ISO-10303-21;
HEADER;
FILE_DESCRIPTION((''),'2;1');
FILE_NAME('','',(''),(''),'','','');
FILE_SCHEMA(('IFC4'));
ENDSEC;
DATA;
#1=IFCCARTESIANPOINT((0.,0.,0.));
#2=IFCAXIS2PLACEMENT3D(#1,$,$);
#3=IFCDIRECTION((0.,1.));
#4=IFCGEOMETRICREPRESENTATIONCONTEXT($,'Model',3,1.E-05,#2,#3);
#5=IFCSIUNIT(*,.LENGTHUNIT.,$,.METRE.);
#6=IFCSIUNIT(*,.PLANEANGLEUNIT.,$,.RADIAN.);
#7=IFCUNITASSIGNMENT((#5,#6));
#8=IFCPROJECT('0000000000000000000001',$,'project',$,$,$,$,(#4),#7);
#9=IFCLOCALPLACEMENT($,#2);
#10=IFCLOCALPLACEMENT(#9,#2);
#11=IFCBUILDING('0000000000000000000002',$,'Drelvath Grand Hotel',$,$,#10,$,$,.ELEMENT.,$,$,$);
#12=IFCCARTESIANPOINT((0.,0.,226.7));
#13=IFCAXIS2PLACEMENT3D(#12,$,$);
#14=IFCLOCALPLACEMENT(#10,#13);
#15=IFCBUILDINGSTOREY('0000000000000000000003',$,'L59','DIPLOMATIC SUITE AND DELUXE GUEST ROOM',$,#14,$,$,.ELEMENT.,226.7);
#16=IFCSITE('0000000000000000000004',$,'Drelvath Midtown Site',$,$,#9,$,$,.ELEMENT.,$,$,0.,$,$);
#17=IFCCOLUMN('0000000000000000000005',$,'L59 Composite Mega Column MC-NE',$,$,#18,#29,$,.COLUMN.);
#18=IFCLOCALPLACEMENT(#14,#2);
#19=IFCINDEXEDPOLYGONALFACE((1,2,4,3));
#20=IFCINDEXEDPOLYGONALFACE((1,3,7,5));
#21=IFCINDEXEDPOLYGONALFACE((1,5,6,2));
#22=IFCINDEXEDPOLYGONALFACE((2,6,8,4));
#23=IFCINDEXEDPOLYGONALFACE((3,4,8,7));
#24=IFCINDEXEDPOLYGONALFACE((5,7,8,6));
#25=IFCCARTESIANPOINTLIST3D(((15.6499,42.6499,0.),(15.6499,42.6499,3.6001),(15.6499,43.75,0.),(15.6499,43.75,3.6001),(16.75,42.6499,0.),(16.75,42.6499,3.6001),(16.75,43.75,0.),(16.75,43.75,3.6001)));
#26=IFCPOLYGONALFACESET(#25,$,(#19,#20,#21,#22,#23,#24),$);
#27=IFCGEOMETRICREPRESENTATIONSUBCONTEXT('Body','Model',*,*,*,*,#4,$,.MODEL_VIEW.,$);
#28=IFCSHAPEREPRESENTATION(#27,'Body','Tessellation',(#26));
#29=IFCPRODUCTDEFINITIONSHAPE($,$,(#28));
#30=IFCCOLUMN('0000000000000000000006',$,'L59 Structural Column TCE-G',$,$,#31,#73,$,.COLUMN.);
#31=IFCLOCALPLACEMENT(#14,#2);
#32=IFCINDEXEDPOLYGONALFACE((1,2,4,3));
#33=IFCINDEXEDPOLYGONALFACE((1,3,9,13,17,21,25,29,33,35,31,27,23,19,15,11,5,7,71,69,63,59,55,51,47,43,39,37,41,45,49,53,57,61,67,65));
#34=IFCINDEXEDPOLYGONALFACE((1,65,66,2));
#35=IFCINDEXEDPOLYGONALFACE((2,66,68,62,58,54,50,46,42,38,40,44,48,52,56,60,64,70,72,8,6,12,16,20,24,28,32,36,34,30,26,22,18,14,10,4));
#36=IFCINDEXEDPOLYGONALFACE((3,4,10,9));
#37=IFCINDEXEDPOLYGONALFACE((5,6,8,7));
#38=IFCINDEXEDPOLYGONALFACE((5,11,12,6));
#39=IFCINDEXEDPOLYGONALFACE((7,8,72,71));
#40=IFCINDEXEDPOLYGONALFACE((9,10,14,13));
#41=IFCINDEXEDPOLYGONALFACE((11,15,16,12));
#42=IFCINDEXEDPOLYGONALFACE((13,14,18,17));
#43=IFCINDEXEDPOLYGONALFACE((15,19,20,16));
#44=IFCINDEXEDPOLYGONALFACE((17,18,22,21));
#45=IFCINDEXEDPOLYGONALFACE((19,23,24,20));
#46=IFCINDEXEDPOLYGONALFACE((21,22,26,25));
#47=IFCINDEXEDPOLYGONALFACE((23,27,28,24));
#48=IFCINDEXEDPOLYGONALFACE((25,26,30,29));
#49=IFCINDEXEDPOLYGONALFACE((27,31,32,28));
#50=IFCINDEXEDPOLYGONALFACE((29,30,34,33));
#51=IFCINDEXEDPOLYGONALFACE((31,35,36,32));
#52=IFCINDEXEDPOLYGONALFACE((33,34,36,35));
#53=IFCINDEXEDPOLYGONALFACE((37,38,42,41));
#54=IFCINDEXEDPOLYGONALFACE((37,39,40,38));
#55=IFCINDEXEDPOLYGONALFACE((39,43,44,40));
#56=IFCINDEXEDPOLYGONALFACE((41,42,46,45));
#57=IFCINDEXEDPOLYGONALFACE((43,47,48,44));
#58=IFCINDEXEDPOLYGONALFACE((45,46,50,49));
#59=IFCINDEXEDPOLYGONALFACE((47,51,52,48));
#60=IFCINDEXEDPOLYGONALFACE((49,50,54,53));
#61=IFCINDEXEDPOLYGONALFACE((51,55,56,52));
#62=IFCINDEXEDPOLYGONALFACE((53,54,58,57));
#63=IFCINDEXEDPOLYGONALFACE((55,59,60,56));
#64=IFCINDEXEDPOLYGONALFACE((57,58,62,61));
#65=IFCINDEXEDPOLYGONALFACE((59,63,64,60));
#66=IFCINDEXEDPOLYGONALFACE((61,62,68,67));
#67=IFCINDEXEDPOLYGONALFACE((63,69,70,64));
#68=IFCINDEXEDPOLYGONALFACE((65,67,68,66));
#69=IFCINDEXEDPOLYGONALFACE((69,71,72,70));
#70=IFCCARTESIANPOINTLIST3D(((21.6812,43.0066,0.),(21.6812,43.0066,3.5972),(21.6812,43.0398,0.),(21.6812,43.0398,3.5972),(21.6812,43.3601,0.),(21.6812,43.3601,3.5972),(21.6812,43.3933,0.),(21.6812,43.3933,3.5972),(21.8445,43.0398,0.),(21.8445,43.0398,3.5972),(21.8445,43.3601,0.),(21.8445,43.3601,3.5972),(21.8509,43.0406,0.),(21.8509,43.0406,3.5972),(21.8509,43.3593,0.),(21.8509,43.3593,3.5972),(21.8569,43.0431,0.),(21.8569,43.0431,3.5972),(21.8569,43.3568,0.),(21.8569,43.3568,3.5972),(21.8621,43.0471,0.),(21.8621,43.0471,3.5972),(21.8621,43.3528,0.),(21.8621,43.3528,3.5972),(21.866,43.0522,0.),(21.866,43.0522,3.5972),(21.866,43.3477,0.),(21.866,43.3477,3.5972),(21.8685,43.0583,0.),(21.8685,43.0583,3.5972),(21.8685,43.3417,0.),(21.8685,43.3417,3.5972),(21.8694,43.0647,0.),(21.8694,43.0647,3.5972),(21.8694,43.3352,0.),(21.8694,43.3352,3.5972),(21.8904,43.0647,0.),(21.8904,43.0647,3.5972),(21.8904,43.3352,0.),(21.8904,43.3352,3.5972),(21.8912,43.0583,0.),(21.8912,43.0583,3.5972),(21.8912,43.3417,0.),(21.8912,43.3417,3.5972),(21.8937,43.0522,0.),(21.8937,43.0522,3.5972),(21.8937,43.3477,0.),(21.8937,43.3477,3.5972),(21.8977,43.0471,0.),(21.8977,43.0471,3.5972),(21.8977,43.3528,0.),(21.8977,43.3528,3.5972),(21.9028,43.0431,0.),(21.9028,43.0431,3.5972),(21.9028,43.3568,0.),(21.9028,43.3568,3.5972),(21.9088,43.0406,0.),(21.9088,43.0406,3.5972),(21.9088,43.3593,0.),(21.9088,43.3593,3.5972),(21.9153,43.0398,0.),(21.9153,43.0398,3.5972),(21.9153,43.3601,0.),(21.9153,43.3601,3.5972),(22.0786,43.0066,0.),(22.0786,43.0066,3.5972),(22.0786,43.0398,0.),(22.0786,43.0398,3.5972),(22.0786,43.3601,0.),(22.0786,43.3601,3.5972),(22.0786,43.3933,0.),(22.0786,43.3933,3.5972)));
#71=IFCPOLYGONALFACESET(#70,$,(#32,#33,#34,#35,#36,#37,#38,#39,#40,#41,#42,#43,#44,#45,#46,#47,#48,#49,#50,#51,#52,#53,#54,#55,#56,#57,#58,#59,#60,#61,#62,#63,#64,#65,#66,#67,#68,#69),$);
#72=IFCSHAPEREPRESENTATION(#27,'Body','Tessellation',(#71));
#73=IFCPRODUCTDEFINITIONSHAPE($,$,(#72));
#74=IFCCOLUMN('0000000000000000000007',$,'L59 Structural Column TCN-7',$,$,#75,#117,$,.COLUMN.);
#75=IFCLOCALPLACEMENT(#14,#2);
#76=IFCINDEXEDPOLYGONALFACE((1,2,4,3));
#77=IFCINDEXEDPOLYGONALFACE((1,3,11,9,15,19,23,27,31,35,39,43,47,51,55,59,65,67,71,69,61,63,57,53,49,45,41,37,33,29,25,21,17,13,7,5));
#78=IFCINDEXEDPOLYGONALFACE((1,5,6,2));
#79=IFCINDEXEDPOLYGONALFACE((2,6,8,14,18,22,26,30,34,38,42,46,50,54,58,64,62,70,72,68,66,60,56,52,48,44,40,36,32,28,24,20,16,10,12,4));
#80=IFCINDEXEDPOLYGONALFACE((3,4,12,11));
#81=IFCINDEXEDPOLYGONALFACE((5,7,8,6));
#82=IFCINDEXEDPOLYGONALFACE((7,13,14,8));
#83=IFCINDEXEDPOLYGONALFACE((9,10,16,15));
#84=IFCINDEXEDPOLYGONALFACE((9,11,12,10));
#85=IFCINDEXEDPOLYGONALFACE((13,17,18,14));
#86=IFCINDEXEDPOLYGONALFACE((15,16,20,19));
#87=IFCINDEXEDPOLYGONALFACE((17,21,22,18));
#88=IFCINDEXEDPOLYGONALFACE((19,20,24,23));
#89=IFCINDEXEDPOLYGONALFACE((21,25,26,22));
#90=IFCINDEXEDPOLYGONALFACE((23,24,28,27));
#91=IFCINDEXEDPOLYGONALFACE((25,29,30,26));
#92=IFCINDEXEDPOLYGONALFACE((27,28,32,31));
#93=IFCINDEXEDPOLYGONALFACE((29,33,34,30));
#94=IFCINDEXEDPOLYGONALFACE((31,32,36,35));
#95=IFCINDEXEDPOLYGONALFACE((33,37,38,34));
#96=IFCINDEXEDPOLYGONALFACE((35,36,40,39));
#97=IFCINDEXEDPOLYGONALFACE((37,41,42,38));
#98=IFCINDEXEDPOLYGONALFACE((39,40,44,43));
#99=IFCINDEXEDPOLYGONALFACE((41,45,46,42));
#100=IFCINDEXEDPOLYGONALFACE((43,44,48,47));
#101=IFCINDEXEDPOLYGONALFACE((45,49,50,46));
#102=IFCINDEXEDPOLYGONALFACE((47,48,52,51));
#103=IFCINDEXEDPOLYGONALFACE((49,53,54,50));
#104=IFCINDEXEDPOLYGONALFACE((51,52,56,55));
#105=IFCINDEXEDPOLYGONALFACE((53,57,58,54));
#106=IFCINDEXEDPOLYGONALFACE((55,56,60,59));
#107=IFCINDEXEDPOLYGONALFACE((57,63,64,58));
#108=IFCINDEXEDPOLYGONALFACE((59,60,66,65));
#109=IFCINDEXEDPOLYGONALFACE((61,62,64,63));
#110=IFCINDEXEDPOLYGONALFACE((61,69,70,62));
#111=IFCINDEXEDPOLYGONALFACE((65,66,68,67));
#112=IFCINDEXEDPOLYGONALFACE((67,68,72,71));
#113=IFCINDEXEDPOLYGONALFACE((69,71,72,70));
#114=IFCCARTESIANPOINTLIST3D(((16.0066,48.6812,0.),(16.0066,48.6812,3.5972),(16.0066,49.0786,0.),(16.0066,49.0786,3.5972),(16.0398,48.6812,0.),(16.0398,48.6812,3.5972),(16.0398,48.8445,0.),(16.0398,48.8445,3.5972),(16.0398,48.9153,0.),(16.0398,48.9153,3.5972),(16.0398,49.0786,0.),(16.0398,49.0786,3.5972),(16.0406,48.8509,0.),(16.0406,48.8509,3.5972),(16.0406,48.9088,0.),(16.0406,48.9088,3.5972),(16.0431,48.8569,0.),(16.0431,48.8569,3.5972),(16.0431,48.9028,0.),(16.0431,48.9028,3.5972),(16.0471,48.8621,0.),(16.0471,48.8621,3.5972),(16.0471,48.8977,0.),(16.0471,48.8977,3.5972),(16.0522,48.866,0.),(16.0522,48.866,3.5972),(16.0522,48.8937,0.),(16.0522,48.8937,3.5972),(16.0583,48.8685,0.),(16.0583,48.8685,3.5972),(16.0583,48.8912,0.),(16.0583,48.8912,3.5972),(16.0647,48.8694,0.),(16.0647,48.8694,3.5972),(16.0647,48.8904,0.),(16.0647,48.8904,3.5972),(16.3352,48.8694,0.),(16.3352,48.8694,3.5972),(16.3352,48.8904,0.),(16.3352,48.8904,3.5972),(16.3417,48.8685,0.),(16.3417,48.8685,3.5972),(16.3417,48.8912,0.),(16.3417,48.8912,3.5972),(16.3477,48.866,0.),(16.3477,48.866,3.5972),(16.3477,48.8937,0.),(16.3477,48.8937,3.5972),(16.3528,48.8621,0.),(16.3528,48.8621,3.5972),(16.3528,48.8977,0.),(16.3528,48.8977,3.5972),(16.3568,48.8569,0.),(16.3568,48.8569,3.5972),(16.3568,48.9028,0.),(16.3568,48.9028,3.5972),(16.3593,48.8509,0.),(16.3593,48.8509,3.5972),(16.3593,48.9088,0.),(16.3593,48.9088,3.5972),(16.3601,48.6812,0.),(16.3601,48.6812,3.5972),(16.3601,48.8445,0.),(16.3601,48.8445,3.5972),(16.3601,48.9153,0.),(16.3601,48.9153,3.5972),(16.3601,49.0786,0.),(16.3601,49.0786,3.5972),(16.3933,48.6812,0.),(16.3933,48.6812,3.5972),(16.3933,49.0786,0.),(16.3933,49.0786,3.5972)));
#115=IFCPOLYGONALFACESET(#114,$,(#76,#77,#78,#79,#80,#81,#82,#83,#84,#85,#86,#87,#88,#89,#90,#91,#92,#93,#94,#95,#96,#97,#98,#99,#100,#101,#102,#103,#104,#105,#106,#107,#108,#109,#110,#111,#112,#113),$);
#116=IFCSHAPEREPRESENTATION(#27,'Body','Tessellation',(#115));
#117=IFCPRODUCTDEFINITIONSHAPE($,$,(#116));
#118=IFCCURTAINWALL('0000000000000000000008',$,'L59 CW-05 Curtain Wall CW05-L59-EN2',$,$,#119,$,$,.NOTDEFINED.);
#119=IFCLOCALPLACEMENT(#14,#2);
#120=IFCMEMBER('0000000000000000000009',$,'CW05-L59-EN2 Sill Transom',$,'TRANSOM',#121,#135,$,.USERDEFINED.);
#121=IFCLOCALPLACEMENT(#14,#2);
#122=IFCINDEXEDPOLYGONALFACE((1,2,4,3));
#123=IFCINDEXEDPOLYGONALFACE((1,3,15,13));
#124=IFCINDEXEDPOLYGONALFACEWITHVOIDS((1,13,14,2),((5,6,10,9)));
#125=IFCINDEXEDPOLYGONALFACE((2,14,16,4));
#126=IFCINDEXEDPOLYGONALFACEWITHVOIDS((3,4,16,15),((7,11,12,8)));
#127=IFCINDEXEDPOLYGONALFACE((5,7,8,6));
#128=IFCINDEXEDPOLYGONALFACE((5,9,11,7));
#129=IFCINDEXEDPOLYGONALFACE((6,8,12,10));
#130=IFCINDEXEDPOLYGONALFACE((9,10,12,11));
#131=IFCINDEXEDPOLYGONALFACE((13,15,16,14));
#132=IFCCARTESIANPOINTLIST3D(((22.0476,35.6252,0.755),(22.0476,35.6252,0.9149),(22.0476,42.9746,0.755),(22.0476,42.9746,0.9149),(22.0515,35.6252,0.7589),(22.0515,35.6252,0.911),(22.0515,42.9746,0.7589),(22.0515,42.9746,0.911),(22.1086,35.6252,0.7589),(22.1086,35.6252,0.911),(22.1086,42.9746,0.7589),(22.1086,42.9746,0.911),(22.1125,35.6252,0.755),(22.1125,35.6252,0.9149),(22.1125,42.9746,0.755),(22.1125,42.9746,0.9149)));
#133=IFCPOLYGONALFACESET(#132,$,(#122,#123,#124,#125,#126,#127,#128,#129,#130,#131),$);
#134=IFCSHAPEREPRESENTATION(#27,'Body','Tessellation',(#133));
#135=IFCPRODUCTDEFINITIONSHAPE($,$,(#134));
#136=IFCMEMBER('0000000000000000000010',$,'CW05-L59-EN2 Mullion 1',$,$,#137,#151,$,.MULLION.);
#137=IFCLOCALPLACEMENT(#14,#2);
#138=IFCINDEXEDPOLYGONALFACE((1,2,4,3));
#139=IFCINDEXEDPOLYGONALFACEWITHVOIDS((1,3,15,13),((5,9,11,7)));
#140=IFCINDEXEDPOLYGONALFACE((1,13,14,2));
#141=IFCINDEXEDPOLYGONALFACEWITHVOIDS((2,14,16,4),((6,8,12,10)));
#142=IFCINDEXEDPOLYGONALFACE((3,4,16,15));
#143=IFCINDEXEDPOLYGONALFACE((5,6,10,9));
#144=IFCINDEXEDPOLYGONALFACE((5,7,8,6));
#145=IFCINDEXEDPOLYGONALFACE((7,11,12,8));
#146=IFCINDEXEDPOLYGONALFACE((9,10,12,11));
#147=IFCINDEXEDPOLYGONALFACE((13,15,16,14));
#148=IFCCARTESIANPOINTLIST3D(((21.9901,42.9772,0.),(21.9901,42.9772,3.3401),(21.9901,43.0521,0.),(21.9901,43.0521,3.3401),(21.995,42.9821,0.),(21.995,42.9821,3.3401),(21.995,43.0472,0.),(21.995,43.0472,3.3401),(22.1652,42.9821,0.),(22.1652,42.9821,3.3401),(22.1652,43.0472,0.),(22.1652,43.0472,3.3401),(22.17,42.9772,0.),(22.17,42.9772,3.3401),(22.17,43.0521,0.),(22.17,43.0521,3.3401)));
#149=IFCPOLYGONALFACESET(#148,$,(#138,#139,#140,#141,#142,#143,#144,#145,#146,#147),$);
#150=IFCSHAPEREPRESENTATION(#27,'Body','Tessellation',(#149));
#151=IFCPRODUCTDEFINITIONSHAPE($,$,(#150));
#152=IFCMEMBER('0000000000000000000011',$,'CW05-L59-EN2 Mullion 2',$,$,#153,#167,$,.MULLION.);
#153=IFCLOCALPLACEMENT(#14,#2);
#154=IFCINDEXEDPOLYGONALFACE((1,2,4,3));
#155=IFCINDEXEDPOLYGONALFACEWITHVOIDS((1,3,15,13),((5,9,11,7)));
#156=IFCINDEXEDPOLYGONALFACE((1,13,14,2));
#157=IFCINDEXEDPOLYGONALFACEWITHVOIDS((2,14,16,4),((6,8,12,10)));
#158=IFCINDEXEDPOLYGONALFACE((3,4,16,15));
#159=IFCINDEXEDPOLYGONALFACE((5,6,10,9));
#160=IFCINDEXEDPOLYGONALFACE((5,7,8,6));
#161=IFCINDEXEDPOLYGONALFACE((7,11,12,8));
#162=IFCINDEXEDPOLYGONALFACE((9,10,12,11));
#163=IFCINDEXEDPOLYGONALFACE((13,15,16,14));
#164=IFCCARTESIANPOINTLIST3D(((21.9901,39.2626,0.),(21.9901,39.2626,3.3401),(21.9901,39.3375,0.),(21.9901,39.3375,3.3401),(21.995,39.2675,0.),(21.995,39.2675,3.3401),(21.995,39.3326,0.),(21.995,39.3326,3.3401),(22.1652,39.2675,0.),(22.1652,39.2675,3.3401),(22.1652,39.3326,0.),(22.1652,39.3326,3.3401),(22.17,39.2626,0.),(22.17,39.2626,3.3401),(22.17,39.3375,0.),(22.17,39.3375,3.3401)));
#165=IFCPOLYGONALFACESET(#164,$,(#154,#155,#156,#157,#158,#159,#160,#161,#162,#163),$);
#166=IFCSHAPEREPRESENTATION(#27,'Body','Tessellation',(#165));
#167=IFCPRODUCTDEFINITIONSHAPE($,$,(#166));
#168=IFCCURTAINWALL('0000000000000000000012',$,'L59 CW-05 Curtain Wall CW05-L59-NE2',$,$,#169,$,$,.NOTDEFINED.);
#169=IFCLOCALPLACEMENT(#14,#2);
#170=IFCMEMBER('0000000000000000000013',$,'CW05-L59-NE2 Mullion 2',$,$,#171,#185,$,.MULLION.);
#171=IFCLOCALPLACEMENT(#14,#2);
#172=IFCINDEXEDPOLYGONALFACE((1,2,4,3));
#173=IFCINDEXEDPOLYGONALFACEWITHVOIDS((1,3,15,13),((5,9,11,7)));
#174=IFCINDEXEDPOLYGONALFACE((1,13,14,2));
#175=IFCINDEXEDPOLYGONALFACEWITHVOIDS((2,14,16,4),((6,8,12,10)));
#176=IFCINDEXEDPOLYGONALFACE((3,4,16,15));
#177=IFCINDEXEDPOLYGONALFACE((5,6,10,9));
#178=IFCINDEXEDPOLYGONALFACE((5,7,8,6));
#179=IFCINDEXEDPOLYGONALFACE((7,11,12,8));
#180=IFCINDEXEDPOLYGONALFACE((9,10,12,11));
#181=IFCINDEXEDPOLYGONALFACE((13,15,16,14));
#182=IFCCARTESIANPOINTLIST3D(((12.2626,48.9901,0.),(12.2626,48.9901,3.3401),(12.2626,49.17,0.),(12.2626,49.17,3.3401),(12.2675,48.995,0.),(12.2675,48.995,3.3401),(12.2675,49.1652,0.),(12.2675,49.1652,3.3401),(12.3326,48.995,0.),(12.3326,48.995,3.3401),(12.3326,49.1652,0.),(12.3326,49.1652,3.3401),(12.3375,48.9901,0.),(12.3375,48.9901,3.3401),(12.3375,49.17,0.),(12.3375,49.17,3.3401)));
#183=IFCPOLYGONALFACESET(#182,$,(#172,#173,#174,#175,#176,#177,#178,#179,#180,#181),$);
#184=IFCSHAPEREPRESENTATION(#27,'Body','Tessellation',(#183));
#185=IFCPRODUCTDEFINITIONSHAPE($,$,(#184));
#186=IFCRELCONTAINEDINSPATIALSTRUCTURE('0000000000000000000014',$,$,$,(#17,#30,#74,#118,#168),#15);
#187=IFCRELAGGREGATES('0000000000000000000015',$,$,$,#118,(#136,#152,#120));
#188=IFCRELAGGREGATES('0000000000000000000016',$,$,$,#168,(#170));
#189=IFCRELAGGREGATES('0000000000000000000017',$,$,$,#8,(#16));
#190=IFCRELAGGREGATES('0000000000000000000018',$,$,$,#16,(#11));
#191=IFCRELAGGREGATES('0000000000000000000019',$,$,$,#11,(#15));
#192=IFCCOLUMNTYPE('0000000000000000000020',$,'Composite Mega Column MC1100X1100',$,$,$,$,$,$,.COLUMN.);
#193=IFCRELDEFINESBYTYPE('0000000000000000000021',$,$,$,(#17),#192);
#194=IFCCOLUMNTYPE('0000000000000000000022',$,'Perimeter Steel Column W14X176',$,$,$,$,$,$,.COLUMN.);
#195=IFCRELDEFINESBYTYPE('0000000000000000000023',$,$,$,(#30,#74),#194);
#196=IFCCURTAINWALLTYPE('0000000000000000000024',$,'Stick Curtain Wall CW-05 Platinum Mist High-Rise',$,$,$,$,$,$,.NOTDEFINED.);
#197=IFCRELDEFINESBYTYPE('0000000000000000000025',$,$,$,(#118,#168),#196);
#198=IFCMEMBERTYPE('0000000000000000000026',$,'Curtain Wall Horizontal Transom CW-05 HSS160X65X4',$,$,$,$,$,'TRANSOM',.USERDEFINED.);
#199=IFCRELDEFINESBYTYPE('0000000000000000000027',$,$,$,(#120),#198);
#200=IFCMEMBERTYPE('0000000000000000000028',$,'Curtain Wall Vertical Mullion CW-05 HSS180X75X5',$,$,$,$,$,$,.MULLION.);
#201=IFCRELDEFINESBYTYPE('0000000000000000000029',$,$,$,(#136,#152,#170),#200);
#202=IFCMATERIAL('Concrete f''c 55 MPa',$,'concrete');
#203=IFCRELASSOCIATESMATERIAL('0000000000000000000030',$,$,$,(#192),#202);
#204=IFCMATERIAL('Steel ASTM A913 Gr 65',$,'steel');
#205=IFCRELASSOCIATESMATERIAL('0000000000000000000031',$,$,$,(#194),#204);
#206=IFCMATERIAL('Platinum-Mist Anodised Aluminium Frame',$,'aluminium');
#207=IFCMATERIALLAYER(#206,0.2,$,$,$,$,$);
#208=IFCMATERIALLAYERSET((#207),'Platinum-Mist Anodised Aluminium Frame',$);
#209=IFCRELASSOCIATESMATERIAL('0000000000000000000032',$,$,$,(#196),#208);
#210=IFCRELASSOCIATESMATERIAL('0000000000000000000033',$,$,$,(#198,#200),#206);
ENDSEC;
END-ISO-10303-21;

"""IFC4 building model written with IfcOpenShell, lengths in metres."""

from ifc_helpers import new_model, si_unit, direction, frame, origin, origin_2d, place, context, subcontext, project, spatial, rectangle, hollow_rectangle, i_section, extrude, material, layer, layer_set, material_profile, profile_set, type_object, element, aggregate, save


model = new_model("IFC4")

# Units and contexts
model_context = context("Model", 3, precision=1e-05, world=origin(), true_north=direction((0.0, 1.0)))
body_context = subcontext(model_context, "Body", "Model", "MODEL_VIEW")
ifc_project = project(units=[si_unit("LENGTHUNIT", "METRE"), si_unit("PLANEANGLEUNIT", "RADIAN")], contexts=[model_context])

# Site, building, storey
site_placement = place(None, origin())
site = spatial("IfcSite", under=ifc_project, at=site_placement, Name="Drelvath Midtown Site", CompositionType="ELEMENT", RefElevation=0.0)
building_placement = place(site_placement, origin())
building = spatial("IfcBuilding", under=site, at=building_placement, Name="Drelvath Grand Hotel", CompositionType="ELEMENT")
storey_placement = place(building_placement, frame((0.0, 0.0, 226.7)))
storey = spatial("IfcBuildingStorey", under=building, at=storey_placement, Name="L59", Description="DIPLOMATIC SUITE AND DELUXE GUEST ROOM", CompositionType="ELEMENT", Elevation=226.7)

# Columns
ifc_material_1 = material(Name="Concrete f'c 55 MPa", Category="concrete")
ifc_material_profile_1 = material_profile(ifc_material_1, rectangle(XDim=1.1001, YDim=1.1001, at=origin_2d()), Name="MC1100X1100")
ifc_profile_set_1 = profile_set([ifc_material_profile_1], Name="Concrete f'c 55 MPa")
column_type_1 = type_object("IfcColumnType", Name="Composite Mega Column MC1100X1100", PredefinedType="COLUMN", material=ifc_profile_set_1)
column_placement = place(storey_placement, frame((16.2, 43.2, 0.0), z_axis=(0.0, 0.0, 1.0), x_axis=(1.0, 0.0, 0.0)))
element("IfcColumn", 1, at=column_placement, inside=storey, type_object=column_type_1, Name="L59 Composite Mega Column MC-NE", PredefinedType="COLUMN", context=body_context, shape_type="SweptSolid", body=[
    extrude(rectangle(XDim=1.1001, YDim=1.1001, at=origin_2d()), origin(), (0.0, 0.0, 1.0), 3.6001),
])
ifc_material_2 = material(Name="Steel ASTM A913 Gr 65", Category="steel")
ifc_material_profile_2 = material_profile(ifc_material_2, i_section(OverallWidth=0.3975, OverallDepth=0.3867, WebThickness=0.021, FlangeThickness=0.0332, FilletRadius=0.0249, at=origin_2d()), Name="W14X176")
ifc_profile_set_2 = profile_set([ifc_material_profile_2], Name="Steel ASTM A913 Gr 65")
column_type_2 = type_object("IfcColumnType", Name="Perimeter Steel Column W14X176", PredefinedType="COLUMN", material=ifc_profile_set_2)
for number, where, z_axis, x_axis, name in (
    (2, (21.8799, 43.2, 0.0), (0.0, 0.0, 1.0), (1.0, 0.0, 0.0), "L59 Structural Column TCE-G"),
    (3, (16.2, 48.8799, 0.0), (0.0, 0.0, 1.0), (0.0, 1.0, 0.0), "L59 Structural Column TCN-7"),
):
    element("IfcColumn", number, at=place(storey_placement, frame(where, z_axis=z_axis, x_axis=x_axis)), inside=storey, type_object=column_type_2, Name=name, PredefinedType="COLUMN", context=body_context, shape_type="SweptSolid", body=[
        extrude(i_section(OverallWidth=0.3975, OverallDepth=0.3867, WebThickness=0.021, FlangeThickness=0.0332, FilletRadius=0.0249, at=origin_2d()), origin(), (0.0, 0.0, 1.0), 3.5972),
    ])

# Curtain walls, members
ifc_material_3 = material(Name="Platinum-Mist Anodised Aluminium Frame", Category="aluminium")
ifc_layer_1 = layer(ifc_material_3, 0.2)
ifc_layer_set_1 = layer_set([ifc_layer_1], Name="Platinum-Mist Anodised Aluminium Frame")
curtain_wall_type = type_object("IfcCurtainWallType", Name="Stick Curtain Wall CW-05 Platinum Mist High-Rise", PredefinedType="NOTDEFINED", material=ifc_layer_set_1)
curtain_wall_1_placement = place(storey_placement, origin())
curtain_wall_1 = element("IfcCurtainWall", 4, at=curtain_wall_1_placement, inside=storey, type_object=curtain_wall_type, Name="L59 CW-05 Curtain Wall CW05-L59-EN2", PredefinedType="NOTDEFINED")
ifc_material_profile_3 = material_profile(ifc_material_3, hollow_rectangle(XDim=0.0649, YDim=0.1599, WallThickness=0.0039, at=origin_2d()), Name="HSS160X65X4")
ifc_profile_set_3 = profile_set([ifc_material_profile_3], Name="Platinum-Mist Anodised Aluminium Frame")
member_type_1 = type_object("IfcMemberType", Name="Curtain Wall Horizontal Transom CW-05 HSS160X65X4", ElementType="TRANSOM", PredefinedType="USERDEFINED", material=ifc_profile_set_3)
member_1_placement = place(storey_placement, frame((22.0801, 42.9746, 0.835), z_axis=(0.0, -1.0, 0.0), x_axis=(1.0, 0.0, 0.0)))
member_1 = element("IfcMember", 5, at=member_1_placement, type_object=member_type_1, Name="CW05-L59-EN2 Sill Transom", ObjectType="TRANSOM", PredefinedType="USERDEFINED", context=body_context, shape_type="SweptSolid", body=[
    extrude(hollow_rectangle(XDim=0.0649, YDim=0.1599, WallThickness=0.0039, at=origin_2d()), origin(), (0.0, 0.0, 1.0), 7.3494),
])
ifc_material_profile_4 = material_profile(ifc_material_3, hollow_rectangle(XDim=0.075, YDim=0.1799, WallThickness=0.0049, at=origin_2d()), Name="HSS180X75X5")
ifc_profile_set_4 = profile_set([ifc_material_profile_4], Name="Platinum-Mist Anodised Aluminium Frame")
member_type_2 = type_object("IfcMemberType", Name="Curtain Wall Vertical Mullion CW-05 HSS180X75X5", PredefinedType="MULLION", material=ifc_profile_set_4)
member_2_placement = place(storey_placement, frame((22.0801, 43.0146, 0.0), z_axis=(0.0, 0.0, 1.0), x_axis=(0.0, 1.0, 0.0)))
member_2 = element("IfcMember", 6, at=member_2_placement, type_object=member_type_2, Name="CW05-L59-EN2 Mullion 1", PredefinedType="MULLION", context=body_context, shape_type="SweptSolid", body=[
    extrude(hollow_rectangle(XDim=0.075, YDim=0.1799, WallThickness=0.0049, at=origin_2d()), origin(), (0.0, 0.0, 1.0), 3.3401),
])
member_3_placement = place(storey_placement, frame((22.0801, 39.3, 0.0), z_axis=(0.0, 0.0, 1.0), x_axis=(0.0, 1.0, 0.0)))
member_3 = element("IfcMember", 7, at=member_3_placement, type_object=member_type_2, Name="CW05-L59-EN2 Mullion 2", PredefinedType="MULLION", context=body_context, shape_type="SweptSolid", body=[
    extrude(hollow_rectangle(XDim=0.075, YDim=0.1799, WallThickness=0.0049, at=origin_2d()), origin(), (0.0, 0.0, 1.0), 3.3401),
])
curtain_wall_2_placement = place(storey_placement, origin())
curtain_wall_2 = element("IfcCurtainWall", 8, at=curtain_wall_2_placement, inside=storey, type_object=curtain_wall_type, Name="L59 CW-05 Curtain Wall CW05-L59-NE2", PredefinedType="NOTDEFINED")
member_4_placement = place(storey_placement, frame((12.3, 49.0801, 0.0), z_axis=(0.0, 0.0, 1.0), x_axis=(1.0, 0.0, 0.0)))
member_4 = element("IfcMember", 9, at=member_4_placement, type_object=member_type_2, Name="CW05-L59-NE2 Mullion 2", PredefinedType="MULLION", context=body_context, shape_type="SweptSolid", body=[
    extrude(hollow_rectangle(XDim=0.075, YDim=0.1799, WallThickness=0.0049, at=origin_2d()), origin(), (0.0, 0.0, 1.0), 3.3401),
])

aggregate(curtain_wall_1, [member_2, member_3, member_1])
aggregate(curtain_wall_2, [member_4])

save(model, "model.ifc")
